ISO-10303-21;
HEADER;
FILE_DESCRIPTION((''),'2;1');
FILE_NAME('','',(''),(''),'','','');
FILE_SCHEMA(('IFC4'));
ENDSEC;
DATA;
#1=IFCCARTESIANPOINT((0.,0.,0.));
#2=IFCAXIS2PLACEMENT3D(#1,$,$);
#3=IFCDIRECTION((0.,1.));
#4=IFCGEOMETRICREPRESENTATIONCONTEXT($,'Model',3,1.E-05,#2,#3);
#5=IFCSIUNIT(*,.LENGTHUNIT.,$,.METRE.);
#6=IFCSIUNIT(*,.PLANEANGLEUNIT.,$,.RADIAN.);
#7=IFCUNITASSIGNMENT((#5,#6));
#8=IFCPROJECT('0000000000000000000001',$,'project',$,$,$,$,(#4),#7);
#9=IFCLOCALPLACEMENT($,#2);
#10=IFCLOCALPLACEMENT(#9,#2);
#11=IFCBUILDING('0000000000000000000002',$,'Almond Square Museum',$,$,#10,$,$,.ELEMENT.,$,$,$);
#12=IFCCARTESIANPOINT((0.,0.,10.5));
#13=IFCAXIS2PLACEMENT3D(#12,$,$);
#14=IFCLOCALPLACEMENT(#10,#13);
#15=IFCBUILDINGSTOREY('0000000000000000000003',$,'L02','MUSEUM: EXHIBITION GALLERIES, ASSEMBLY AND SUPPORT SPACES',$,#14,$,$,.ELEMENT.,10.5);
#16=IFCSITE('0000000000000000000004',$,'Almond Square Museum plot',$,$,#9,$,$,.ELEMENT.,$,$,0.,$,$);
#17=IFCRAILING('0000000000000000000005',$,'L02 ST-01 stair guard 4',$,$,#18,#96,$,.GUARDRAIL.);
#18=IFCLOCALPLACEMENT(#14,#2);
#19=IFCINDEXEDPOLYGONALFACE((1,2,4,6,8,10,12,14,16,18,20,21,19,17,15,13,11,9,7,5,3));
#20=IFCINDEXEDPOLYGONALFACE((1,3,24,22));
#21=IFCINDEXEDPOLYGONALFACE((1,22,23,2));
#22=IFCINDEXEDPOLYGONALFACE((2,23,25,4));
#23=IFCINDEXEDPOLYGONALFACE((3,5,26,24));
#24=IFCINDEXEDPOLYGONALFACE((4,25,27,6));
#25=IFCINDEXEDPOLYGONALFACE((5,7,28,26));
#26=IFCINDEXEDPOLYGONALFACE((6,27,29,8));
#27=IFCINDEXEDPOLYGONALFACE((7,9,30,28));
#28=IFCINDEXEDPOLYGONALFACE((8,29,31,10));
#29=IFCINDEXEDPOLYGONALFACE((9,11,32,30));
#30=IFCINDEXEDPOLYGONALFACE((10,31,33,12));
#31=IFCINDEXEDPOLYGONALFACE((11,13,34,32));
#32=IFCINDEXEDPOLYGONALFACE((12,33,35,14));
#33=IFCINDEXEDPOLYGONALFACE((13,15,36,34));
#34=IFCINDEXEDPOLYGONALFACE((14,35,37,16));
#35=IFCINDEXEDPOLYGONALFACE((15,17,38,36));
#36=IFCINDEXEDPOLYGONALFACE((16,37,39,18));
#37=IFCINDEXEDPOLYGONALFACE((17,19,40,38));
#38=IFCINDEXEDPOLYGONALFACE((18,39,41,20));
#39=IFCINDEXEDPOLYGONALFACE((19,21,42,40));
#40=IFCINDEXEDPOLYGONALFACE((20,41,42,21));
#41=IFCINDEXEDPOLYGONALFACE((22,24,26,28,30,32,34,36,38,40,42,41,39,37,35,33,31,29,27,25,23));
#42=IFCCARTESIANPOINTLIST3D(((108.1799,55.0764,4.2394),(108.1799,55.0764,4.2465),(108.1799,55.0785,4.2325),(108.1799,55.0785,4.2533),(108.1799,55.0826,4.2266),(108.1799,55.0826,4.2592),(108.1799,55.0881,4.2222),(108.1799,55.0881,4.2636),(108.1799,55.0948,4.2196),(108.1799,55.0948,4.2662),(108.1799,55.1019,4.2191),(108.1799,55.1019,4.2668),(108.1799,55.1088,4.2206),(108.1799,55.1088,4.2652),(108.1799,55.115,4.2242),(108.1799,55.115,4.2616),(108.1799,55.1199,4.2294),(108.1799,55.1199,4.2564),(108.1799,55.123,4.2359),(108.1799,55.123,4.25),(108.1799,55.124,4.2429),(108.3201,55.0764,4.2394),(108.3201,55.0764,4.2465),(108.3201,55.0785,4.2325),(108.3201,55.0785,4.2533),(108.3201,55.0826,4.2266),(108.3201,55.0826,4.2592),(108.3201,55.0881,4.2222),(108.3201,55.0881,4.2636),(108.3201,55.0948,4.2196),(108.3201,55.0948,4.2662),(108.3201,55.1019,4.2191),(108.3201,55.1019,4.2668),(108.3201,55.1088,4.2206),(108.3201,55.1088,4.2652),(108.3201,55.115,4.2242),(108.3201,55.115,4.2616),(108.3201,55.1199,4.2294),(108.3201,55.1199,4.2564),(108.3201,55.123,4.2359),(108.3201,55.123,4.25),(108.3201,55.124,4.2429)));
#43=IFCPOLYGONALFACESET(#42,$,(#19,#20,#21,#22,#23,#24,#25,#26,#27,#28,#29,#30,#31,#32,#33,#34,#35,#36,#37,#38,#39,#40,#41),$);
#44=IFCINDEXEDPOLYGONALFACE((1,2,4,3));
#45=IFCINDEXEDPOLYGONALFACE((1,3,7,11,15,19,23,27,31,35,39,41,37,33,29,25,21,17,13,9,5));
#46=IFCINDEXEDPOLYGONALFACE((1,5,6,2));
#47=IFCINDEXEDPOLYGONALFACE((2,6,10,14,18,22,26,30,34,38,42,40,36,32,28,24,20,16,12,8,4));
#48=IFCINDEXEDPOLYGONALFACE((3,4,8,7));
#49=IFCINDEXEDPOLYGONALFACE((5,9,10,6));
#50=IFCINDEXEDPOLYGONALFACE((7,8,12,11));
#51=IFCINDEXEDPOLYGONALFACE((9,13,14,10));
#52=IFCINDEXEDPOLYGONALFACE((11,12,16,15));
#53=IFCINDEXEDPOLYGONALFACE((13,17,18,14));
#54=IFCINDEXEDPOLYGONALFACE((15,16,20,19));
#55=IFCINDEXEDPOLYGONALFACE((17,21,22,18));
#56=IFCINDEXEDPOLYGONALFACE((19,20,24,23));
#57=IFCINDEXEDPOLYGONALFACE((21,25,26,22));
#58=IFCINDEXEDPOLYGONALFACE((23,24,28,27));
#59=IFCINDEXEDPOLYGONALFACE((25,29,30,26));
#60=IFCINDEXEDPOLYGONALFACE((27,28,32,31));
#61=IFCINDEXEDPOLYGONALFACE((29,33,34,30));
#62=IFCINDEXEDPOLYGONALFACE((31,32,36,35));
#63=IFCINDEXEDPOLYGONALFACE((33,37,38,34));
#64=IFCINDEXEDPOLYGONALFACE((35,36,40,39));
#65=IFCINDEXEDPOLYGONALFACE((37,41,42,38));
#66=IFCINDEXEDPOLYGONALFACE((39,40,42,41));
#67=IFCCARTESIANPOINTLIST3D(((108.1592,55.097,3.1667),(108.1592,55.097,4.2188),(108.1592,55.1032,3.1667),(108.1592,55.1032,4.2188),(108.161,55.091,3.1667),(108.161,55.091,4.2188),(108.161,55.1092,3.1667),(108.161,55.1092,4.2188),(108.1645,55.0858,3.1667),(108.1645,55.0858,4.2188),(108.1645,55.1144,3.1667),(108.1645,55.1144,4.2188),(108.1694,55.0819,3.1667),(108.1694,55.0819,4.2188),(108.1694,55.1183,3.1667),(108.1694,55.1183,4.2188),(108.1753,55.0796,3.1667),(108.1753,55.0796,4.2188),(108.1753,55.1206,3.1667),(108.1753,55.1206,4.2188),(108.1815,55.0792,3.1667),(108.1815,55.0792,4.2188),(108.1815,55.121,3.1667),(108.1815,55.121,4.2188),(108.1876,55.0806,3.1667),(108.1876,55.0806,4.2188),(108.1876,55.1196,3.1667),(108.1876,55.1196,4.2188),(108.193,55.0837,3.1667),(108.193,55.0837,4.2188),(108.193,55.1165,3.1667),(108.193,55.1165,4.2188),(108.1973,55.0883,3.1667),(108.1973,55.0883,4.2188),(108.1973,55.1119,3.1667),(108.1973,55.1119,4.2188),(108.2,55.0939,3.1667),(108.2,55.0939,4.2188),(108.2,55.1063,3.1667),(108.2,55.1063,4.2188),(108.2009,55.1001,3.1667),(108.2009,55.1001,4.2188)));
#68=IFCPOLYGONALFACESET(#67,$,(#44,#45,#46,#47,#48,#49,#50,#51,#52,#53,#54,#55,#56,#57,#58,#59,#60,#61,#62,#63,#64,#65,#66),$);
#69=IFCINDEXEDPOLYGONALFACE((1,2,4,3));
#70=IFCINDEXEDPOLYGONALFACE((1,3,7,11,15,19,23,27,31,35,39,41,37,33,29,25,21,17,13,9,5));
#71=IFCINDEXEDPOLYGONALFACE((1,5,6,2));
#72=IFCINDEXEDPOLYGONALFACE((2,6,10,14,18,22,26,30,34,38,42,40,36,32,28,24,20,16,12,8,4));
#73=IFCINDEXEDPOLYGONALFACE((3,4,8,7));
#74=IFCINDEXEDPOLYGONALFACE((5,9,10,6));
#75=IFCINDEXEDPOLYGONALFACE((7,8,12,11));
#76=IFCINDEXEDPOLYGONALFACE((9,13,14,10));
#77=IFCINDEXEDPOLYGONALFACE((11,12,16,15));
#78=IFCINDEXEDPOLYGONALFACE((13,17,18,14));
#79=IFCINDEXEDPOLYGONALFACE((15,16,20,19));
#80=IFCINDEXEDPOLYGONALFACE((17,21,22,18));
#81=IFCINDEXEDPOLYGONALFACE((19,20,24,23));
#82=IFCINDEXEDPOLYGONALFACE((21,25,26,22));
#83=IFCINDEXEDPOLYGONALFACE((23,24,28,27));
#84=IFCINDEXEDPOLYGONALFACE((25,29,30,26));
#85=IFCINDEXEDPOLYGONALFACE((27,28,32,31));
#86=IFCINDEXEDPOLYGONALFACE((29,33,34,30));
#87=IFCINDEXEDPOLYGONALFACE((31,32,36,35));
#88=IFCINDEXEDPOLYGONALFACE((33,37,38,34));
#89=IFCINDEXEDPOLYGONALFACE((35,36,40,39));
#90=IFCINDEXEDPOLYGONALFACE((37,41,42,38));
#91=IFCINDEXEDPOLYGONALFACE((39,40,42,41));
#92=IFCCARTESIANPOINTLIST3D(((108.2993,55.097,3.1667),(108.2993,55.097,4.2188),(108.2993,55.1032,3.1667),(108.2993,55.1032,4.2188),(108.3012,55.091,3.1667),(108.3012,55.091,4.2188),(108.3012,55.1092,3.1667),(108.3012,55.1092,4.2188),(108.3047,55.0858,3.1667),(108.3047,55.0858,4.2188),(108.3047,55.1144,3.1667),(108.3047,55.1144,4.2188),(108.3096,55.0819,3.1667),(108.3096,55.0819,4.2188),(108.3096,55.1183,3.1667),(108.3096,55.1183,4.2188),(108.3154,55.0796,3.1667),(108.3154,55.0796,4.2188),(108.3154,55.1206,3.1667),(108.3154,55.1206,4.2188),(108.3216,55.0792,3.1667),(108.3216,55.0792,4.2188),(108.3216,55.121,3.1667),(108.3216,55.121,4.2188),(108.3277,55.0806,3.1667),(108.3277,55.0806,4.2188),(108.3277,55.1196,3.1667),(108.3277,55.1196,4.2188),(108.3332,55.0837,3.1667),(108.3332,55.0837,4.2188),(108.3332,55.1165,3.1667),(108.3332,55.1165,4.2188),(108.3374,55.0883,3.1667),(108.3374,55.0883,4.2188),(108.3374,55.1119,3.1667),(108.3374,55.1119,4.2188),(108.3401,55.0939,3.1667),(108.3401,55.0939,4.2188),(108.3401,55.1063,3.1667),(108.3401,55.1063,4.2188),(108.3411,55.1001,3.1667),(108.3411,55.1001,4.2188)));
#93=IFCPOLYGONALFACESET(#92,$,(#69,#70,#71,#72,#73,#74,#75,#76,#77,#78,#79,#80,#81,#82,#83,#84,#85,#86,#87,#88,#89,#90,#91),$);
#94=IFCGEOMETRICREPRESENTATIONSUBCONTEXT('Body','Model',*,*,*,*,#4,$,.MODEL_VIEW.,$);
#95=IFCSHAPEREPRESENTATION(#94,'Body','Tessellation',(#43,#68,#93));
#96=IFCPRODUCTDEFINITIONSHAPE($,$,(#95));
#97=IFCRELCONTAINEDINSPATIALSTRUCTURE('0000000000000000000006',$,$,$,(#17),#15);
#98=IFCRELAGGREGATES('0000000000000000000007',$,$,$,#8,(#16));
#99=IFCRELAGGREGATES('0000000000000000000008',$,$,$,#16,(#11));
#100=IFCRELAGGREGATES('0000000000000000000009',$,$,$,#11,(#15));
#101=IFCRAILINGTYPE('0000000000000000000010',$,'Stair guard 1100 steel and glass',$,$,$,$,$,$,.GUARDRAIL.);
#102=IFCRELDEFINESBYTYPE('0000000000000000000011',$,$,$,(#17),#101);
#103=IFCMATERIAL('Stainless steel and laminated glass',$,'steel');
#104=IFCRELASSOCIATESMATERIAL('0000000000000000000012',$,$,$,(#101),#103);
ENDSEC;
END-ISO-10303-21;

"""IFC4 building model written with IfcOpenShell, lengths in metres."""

from ifc_helpers import new_model, si_unit, direction, frame, origin, origin_2d, place, context, subcontext, project, spatial, circle, extrude, material, type_object, element, save


model = new_model("IFC4")

# Units and contexts
model_context = context("Model", 3, precision=1e-05, world=origin(), true_north=direction((0.0, 1.0)))
body_context = subcontext(model_context, "Body", "Model", "MODEL_VIEW")
ifc_project = project(units=[si_unit("LENGTHUNIT", "METRE"), si_unit("PLANEANGLEUNIT", "RADIAN")], contexts=[model_context])

# Site, building, storey
site_placement = place(None, origin())
site = spatial("IfcSite", under=ifc_project, at=site_placement, Name="Almond Square Museum plot", CompositionType="ELEMENT", RefElevation=0.0)
building_placement = place(site_placement, origin())
building = spatial("IfcBuilding", under=site, at=building_placement, Name="Almond Square Museum", CompositionType="ELEMENT")
storey_placement = place(building_placement, frame((0.0, 0.0, 10.5)))
storey = spatial("IfcBuildingStorey", under=building, at=storey_placement, Name="L02", Description="MUSEUM: EXHIBITION GALLERIES, ASSEMBLY AND SUPPORT SPACES", CompositionType="ELEMENT", Elevation=10.5)

# Railing
ifc_material_1 = material(Name="Stainless steel and laminated glass", Category="steel")
railing_type_1 = type_object("IfcRailingType", Name="Stair guard 1100 steel and glass", PredefinedType="GUARDRAIL", material=ifc_material_1)
railing_1_placement = place(storey_placement, frame((108.1799, 55.1001, 3.1667)))
element("IfcRailing", 1, at=railing_1_placement, inside=storey, type_object=railing_type_1, Name="L02 ST-01 stair guard 4", PredefinedType="GUARDRAIL", context=body_context, shape_type="SweptSolid", body=[
    extrude(circle(Radius=0.0239, at=origin_2d()), frame((0.0, 0.0, 1.0762), z_axis=(1.0, 0.0, 0.0), x_axis=(0.0, 1.0, 0.0)), (0.0, 0.0, 1.0), 0.1401),
    extrude(circle(Radius=0.021, at=origin_2d()), origin(), (0.0, 0.0, 1.0), 1.052),
    extrude(circle(Radius=0.021, at=origin_2d()), frame((0.1401, 0.0, 0.0)), (0.0, 0.0, 1.0), 1.052),
])

save(model, "model.ifc")
